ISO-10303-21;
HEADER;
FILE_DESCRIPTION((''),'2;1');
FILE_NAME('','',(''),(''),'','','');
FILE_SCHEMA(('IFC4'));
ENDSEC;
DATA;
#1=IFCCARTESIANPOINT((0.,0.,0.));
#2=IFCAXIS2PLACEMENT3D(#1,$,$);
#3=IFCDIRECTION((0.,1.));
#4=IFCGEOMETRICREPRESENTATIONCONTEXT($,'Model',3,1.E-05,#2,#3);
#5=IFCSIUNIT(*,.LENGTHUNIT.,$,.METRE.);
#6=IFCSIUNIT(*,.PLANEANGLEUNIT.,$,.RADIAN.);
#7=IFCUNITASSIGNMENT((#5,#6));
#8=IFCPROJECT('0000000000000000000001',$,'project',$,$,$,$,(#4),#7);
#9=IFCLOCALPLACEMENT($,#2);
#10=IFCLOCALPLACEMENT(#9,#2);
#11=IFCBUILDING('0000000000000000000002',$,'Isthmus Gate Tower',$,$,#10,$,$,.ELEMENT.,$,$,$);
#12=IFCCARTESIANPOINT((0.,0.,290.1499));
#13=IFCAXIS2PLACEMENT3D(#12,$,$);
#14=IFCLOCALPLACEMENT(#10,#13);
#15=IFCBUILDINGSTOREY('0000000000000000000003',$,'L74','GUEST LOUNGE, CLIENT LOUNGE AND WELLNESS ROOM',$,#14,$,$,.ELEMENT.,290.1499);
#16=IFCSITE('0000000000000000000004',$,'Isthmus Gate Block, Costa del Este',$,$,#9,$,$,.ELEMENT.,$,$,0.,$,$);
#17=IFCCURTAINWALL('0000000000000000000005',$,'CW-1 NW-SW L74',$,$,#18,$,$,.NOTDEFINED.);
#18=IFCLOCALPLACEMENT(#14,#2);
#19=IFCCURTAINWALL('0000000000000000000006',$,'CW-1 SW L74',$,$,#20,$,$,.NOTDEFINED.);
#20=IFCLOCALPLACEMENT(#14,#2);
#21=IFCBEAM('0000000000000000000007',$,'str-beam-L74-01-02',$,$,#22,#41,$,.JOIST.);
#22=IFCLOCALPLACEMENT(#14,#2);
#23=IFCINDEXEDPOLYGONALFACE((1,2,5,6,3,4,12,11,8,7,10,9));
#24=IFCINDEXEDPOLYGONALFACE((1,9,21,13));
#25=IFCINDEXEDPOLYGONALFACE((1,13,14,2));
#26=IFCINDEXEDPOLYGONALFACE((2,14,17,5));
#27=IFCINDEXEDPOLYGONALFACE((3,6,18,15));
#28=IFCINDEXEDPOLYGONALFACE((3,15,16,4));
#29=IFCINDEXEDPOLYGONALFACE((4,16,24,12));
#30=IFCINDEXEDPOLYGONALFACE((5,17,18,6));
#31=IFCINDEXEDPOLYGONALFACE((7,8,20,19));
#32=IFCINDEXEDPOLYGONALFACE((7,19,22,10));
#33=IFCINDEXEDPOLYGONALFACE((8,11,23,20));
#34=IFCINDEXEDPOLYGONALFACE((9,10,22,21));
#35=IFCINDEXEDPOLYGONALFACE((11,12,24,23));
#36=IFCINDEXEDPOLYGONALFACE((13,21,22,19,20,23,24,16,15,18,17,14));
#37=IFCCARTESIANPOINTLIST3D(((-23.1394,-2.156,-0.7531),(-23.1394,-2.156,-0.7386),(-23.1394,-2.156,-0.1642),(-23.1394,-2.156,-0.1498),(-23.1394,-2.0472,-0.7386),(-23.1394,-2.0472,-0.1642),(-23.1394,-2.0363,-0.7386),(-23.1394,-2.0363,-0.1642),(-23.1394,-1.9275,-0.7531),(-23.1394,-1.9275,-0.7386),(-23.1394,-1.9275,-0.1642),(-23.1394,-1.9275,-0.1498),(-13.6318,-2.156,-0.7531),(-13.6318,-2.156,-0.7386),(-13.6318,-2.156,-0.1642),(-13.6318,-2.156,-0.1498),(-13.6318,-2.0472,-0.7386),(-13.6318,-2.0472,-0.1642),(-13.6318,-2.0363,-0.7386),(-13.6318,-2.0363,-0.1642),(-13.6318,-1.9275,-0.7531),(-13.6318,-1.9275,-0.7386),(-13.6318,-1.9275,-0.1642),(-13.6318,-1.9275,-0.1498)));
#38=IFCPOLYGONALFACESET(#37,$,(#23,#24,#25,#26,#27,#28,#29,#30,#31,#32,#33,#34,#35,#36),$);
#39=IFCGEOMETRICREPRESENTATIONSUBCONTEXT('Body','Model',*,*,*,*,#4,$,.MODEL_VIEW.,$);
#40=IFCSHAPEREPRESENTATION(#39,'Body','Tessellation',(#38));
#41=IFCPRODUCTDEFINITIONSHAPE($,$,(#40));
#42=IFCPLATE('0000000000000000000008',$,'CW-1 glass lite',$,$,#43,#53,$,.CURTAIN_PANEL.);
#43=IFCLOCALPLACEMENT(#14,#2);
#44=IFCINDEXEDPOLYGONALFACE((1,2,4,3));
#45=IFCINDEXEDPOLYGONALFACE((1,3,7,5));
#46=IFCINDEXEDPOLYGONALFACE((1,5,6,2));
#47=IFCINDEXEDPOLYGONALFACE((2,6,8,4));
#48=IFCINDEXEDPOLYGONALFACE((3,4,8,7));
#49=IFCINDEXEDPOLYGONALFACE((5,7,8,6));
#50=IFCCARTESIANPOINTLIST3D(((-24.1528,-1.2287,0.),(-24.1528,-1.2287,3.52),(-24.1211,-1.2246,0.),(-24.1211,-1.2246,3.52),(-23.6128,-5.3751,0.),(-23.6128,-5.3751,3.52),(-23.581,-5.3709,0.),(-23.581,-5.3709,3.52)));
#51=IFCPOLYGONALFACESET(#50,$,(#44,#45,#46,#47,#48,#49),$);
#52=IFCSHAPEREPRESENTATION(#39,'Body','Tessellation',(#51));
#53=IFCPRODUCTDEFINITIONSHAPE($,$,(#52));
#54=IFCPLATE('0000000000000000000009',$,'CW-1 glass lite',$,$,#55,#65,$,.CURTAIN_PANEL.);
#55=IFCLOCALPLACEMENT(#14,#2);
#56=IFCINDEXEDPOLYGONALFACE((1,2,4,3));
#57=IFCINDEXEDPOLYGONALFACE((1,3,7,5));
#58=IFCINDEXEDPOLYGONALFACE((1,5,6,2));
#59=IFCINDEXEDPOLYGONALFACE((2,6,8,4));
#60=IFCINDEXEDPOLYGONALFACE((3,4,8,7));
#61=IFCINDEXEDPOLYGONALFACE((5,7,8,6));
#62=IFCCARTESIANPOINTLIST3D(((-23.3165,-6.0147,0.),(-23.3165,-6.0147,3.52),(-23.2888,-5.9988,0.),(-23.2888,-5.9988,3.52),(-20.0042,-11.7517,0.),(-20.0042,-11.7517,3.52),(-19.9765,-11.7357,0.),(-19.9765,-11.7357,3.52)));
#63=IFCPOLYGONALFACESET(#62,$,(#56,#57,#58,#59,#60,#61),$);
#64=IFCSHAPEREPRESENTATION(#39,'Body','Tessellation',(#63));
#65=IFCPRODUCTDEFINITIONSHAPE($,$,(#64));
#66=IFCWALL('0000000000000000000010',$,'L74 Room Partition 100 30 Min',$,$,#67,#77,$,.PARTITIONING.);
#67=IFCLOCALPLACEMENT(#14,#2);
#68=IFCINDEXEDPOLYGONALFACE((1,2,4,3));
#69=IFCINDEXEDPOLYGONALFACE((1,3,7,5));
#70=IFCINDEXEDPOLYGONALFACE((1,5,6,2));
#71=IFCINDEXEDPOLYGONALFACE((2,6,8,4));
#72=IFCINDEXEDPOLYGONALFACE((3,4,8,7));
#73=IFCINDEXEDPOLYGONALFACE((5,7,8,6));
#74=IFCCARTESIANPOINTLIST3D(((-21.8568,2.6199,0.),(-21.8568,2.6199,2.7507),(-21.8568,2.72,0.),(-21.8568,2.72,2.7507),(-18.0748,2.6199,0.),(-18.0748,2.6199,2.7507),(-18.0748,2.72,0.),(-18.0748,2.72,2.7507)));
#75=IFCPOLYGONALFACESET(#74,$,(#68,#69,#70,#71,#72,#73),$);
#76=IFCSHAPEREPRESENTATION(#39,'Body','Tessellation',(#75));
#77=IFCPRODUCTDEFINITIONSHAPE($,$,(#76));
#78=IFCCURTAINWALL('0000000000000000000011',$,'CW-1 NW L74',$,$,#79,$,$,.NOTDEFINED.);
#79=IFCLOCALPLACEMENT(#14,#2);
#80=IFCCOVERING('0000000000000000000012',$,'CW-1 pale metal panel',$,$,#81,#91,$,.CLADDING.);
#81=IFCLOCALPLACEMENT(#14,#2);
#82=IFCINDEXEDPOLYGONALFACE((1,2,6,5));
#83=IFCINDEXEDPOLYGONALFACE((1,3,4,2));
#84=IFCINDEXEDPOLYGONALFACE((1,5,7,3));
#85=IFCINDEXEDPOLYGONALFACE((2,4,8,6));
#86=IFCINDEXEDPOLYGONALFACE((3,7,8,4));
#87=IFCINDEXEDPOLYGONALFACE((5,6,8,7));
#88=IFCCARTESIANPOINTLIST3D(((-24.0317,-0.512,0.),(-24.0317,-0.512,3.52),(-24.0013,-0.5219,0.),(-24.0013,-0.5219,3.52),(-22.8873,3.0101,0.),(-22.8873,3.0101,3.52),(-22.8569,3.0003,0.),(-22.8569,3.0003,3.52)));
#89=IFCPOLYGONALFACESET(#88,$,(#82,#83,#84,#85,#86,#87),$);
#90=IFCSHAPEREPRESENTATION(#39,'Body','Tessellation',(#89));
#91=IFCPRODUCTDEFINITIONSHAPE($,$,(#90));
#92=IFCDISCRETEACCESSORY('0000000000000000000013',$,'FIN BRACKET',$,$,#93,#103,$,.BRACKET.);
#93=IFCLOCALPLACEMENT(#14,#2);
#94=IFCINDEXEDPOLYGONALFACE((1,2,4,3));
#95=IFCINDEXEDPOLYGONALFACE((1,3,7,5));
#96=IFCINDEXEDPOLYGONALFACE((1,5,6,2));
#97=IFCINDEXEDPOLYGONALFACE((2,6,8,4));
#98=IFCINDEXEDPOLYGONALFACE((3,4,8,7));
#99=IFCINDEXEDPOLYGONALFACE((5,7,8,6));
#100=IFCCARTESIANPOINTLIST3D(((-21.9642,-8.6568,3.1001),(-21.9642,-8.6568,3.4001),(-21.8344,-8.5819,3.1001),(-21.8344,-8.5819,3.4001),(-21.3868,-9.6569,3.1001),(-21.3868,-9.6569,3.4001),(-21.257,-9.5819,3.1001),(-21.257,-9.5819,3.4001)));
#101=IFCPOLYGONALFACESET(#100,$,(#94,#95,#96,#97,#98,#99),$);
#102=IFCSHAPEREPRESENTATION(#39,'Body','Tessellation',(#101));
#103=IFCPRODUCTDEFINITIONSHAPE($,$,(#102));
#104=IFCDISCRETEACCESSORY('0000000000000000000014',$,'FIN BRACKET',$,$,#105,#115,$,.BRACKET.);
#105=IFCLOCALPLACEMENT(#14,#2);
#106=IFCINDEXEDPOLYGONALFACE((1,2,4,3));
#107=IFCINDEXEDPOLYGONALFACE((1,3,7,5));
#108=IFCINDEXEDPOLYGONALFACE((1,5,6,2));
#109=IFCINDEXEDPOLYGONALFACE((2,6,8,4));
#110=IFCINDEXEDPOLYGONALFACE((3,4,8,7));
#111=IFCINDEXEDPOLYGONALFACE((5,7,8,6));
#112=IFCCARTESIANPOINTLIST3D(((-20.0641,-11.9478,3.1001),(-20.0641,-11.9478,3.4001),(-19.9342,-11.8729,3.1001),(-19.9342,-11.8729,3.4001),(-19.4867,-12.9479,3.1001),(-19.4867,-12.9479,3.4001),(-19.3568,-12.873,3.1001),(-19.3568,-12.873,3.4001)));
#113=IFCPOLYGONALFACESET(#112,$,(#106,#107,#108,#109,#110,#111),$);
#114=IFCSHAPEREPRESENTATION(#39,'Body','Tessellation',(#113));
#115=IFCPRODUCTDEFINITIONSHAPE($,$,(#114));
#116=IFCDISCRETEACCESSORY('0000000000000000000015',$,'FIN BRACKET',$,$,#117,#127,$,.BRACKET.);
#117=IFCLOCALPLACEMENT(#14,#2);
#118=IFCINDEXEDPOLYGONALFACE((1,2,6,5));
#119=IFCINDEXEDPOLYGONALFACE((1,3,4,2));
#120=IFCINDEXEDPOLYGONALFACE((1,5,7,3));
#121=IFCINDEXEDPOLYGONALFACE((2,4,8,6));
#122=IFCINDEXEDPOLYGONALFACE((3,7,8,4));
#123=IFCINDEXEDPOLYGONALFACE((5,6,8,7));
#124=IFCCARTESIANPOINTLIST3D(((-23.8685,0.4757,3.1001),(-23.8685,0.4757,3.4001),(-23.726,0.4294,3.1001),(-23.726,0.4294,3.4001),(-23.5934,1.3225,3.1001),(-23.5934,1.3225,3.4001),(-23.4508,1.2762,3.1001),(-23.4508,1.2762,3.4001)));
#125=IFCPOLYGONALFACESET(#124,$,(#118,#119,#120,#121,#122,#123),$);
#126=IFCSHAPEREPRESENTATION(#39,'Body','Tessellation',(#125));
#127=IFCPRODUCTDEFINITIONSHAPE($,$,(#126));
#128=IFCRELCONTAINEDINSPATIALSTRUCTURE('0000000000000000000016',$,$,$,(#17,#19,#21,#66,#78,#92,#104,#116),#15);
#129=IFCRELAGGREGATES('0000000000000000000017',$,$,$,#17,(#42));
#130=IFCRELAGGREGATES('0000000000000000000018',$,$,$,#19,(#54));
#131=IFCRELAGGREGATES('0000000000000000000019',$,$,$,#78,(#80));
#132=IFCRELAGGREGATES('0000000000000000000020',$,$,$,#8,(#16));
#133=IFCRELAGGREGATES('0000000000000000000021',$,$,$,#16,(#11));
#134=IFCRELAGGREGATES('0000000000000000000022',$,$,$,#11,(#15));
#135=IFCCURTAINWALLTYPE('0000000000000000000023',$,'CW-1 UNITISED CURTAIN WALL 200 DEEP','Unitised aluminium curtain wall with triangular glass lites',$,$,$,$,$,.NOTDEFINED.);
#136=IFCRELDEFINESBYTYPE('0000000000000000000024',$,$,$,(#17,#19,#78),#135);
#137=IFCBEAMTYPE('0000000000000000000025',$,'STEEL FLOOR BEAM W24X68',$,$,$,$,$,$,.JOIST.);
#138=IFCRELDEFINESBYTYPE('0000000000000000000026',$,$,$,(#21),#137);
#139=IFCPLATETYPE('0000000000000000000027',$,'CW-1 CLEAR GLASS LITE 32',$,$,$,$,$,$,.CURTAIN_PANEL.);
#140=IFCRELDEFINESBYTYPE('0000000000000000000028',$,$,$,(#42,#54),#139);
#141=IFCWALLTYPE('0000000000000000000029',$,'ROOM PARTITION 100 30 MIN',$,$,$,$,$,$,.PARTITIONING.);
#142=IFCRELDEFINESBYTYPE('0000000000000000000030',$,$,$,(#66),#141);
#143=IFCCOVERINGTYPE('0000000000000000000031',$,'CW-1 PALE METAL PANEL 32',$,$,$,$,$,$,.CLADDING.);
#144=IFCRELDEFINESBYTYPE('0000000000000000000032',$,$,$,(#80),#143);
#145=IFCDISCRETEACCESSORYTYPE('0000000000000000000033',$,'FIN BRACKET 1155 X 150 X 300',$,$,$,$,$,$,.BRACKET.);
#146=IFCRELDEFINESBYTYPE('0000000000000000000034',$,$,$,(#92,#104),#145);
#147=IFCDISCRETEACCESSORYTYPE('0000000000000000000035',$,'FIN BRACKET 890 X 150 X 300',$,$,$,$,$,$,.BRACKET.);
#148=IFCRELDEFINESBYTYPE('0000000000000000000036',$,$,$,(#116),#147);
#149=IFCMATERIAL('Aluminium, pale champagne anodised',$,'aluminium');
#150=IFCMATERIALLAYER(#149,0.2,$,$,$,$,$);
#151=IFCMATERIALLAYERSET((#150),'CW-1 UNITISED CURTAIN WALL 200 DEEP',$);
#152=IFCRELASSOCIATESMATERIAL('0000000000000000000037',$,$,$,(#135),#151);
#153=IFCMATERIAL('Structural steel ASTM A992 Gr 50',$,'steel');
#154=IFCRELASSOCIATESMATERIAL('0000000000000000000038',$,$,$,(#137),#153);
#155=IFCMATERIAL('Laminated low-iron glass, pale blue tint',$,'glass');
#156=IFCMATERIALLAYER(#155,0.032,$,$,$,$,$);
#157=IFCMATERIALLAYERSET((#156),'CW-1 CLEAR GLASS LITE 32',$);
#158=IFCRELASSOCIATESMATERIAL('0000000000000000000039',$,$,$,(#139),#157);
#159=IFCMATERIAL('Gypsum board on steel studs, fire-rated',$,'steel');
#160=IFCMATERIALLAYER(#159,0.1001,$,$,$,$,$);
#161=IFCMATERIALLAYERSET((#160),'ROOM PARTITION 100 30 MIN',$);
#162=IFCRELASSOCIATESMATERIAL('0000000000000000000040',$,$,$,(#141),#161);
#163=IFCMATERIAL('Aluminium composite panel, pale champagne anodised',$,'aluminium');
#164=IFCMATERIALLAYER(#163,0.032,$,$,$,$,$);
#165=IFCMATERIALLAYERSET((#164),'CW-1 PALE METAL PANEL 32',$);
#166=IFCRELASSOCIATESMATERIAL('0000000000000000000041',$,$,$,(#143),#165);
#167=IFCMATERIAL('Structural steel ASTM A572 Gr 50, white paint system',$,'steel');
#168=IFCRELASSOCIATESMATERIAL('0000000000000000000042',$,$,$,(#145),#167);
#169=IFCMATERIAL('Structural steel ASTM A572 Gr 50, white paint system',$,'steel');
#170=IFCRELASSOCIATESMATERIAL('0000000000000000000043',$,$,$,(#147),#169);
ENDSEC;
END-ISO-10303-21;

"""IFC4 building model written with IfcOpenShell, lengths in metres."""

from ifc_helpers import new_model, si_unit, direction, frame, frame_2d, origin, origin_2d, place, context, subcontext, project, spatial, rectangle, i_section, extrude, material, layer, layer_set, material_profile, profile_set, type_object, element, aggregate, save


model = new_model("IFC4")

# Units and contexts
model_context = context("Model", 3, precision=1e-05, world=origin(), true_north=direction((0.0, 1.0)))
body_context = subcontext(model_context, "Body", "Model", "MODEL_VIEW")
ifc_project = project(units=[si_unit("LENGTHUNIT", "METRE"), si_unit("PLANEANGLEUNIT", "RADIAN")], contexts=[model_context])

# Site, building, storey
site_placement = place(None, origin())
site = spatial("IfcSite", under=ifc_project, at=site_placement, Name="Isthmus Gate Block, Costa del Este", CompositionType="ELEMENT", RefElevation=0.0)
building_placement = place(site_placement, origin())
building = spatial("IfcBuilding", under=site, at=building_placement, Name="Isthmus Gate Tower", CompositionType="ELEMENT")
storey_placement = place(building_placement, frame((0.0, 0.0, 290.1499)))
storey = spatial("IfcBuildingStorey", under=building, at=storey_placement, Name="L74", Description="GUEST LOUNGE, CLIENT LOUNGE AND WELLNESS ROOM", CompositionType="ELEMENT", Elevation=290.1499)

# Curtain walls
ifc_material_1 = material(Name="Aluminium, pale champagne anodised", Category="aluminium")
ifc_layer_1 = layer(ifc_material_1, 0.2)
ifc_layer_set_1 = layer_set([ifc_layer_1], Name="CW-1 UNITISED CURTAIN WALL 200 DEEP")
curtain_wall_type = type_object("IfcCurtainWallType", Name="CW-1 UNITISED CURTAIN WALL 200 DEEP", Description="Unitised aluminium curtain wall with triangular glass lites", PredefinedType="NOTDEFINED", material=ifc_layer_set_1)
curtain_wall_1_placement = place(storey_placement, origin())
curtain_wall_1 = element("IfcCurtainWall", 1, at=curtain_wall_1_placement, inside=storey, type_object=curtain_wall_type, Name="CW-1 NW-SW L74", PredefinedType="NOTDEFINED")
curtain_wall_2_placement = place(storey_placement, origin())
curtain_wall_2 = element("IfcCurtainWall", 2, at=curtain_wall_2_placement, inside=storey, type_object=curtain_wall_type, Name="CW-1 SW L74", PredefinedType="NOTDEFINED")

# Beam
ifc_material_2 = material(Name="Structural steel ASTM A992 Gr 50", Category="steel")
ifc_material_profile_1 = material_profile(ifc_material_2, i_section(OverallWidth=0.2285, OverallDepth=0.6033, WebThickness=0.011, FlangeThickness=0.0144, at=origin_2d()), Name="W24X68")
ifc_profile_set_1 = profile_set([ifc_material_profile_1], Name="Structural steel ASTM A992 Gr 50")
beam_type_1 = type_object("IfcBeamType", Name="STEEL FLOOR BEAM W24X68", PredefinedType="JOIST", material=ifc_profile_set_1)
beam_1_placement = place(storey_placement, frame((-23.1394, -2.0417, -0.4514), z_axis=(1.0, 0.0, 0.0), x_axis=(0.0, 1.0, 0.0)))
element("IfcBeam", 3, at=beam_1_placement, inside=storey, type_object=beam_type_1, Name="str-beam-L74-01-02", PredefinedType="JOIST", context=body_context, shape_type="SweptSolid", body=[
    extrude(i_section(OverallWidth=0.2285, OverallDepth=0.6033, WebThickness=0.011, FlangeThickness=0.0144, at=origin_2d()), origin(), (0.0, 0.0, 1.0), 9.5076),
])

# Plates
ifc_material_3 = material(Name="Laminated low-iron glass, pale blue tint", Category="glass")
ifc_layer_2 = layer(ifc_material_3, 0.032)
ifc_layer_set_2 = layer_set([ifc_layer_2], Name="CW-1 CLEAR GLASS LITE 32")
plate_type = type_object("IfcPlateType", Name="CW-1 CLEAR GLASS LITE 32", PredefinedType="CURTAIN_PANEL", material=ifc_layer_set_2)
plate_1_placement = place(storey_placement, frame((-23.8669, -3.2998, 0.0), z_axis=(0.0, 0.0, 1.0), x_axis=(0.129165, -0.991623, 0.0)))
plate_1 = element("IfcPlate", 4, at=plate_1_placement, type_object=plate_type, Name="CW-1 glass lite", PredefinedType="CURTAIN_PANEL", context=body_context, shape_type="SweptSolid", body=[
    extrude(rectangle(XDim=4.1814, YDim=0.032, at=origin_2d()), origin(), (0.0, 0.0, 1.0), 3.52),
])
aggregate(curtain_wall_1, [plate_1])
plate_2_placement = place(storey_placement, frame((-21.6465, -8.8752, 0.0), z_axis=(0.0, 0.0, 1.0), x_axis=(0.5, -0.866025, 0.0)))
plate_2 = element("IfcPlate", 5, at=plate_2_placement, type_object=plate_type, Name="CW-1 glass lite", PredefinedType="CURTAIN_PANEL", context=body_context, shape_type="SweptSolid", body=[
    extrude(rectangle(XDim=6.6245, YDim=0.032, at=origin_2d()), origin(), (0.0, 0.0, 1.0), 3.52),
])
aggregate(curtain_wall_2, [plate_2])

# Wall
ifc_material_4 = material(Name="Gypsum board on steel studs, fire-rated", Category="steel")
ifc_layer_3 = layer(ifc_material_4, 0.1001)
ifc_layer_set_3 = layer_set([ifc_layer_3], Name="ROOM PARTITION 100 30 MIN")
wall_type = type_object("IfcWallType", Name="ROOM PARTITION 100 30 MIN", PredefinedType="PARTITIONING", material=ifc_layer_set_3)
wall_placement = place(storey_placement, frame((-21.8569, 2.6699, 0.0), z_axis=(0.0, 0.0, 1.0), x_axis=(1.0, 0.0, 0.0)))
element("IfcWall", 6, at=wall_placement, inside=storey, type_object=wall_type, Name="L74 Room Partition 100 30 Min", PredefinedType="PARTITIONING", context=body_context, shape_type="SweptSolid", body=[
    extrude(rectangle(XDim=3.782, YDim=0.1001, at=frame_2d((1.8911, 0.0))), origin(), (0.0, 0.0, 1.0), 2.7507),
])

# Curtain wall, covering
curtain_wall_3_placement = place(storey_placement, origin())
curtain_wall_3 = element("IfcCurtainWall", 7, at=curtain_wall_3_placement, inside=storey, type_object=curtain_wall_type, Name="CW-1 NW L74", PredefinedType="NOTDEFINED")
ifc_material_5 = material(Name="Aluminium composite panel, pale champagne anodised", Category="aluminium")
ifc_layer_4 = layer(ifc_material_5, 0.032)
ifc_layer_set_4 = layer_set([ifc_layer_4], Name="CW-1 PALE METAL PANEL 32")
covering_type = type_object("IfcCoveringType", Name="CW-1 PALE METAL PANEL 32", PredefinedType="CLADDING", material=ifc_layer_set_4)
covering_placement = place(storey_placement, frame((-23.4443, 1.2441, 0.0), z_axis=(0.0, 0.0, 1.0), x_axis=(-0.309017, -0.951057, 0.0)))
covering = element("IfcCovering", 8, at=covering_placement, type_object=covering_type, Name="CW-1 pale metal panel", PredefinedType="CLADDING", context=body_context, shape_type="SweptSolid", body=[
    extrude(rectangle(XDim=3.7034, YDim=0.032, at=origin_2d()), origin(), (0.0, 0.0, 1.0), 3.52),
])
aggregate(curtain_wall_3, [covering])

# Discrete accessories
ifc_material_6 = material(Name="Structural steel ASTM A572 Gr 50, white paint system", Category="steel")
discrete_accessory_type_1 = type_object("IfcDiscreteAccessoryType", Name="FIN BRACKET 1155 X 150 X 300", PredefinedType="BRACKET", material=ifc_material_6)
for number, where, z_axis, x_axis, name in (
    (9, (-21.6106, -9.1194, 3.1001), (0.0, 0.0, 1.0), (-0.866025, -0.5, 0.0), "FIN BRACKET"),
    (10, (-19.7104, -12.4104, 3.1001), (0.0, 0.0, 1.0), (-0.866025, -0.5, 0.0), "FIN BRACKET"),
):
    element("IfcDiscreteAccessory", number, at=place(storey_placement, frame(where, z_axis=z_axis, x_axis=x_axis)), inside=storey, type_object=discrete_accessory_type_1, Name=name, PredefinedType="BRACKET", context=body_context, shape_type="SweptSolid", body=[
        extrude(rectangle(XDim=0.1499, YDim=1.1548, at=origin_2d()), origin(), (0.0, 0.0, 1.0), 0.3),
    ])
ifc_material_7 = material(Name="Structural steel ASTM A572 Gr 50, white paint system", Category="steel")
discrete_accessory_type_2 = type_object("IfcDiscreteAccessoryType", Name="FIN BRACKET 890 X 150 X 300", PredefinedType="BRACKET", material=ifc_material_7)
discrete_accessory_placement = place(storey_placement, frame((-23.6597, 0.876, 3.1001), z_axis=(0.0, 0.0, 1.0), x_axis=(-0.951057, 0.309017, 0.0)))
element("IfcDiscreteAccessory", 11, at=discrete_accessory_placement, inside=storey, type_object=discrete_accessory_type_2, Name="FIN BRACKET", PredefinedType="BRACKET", context=body_context, shape_type="SweptSolid", body=[
    extrude(rectangle(XDim=0.1499, YDim=0.8904, at=origin_2d()), origin(), (0.0, 0.0, 1.0), 0.3),
])

save(model, "model.ifc")
